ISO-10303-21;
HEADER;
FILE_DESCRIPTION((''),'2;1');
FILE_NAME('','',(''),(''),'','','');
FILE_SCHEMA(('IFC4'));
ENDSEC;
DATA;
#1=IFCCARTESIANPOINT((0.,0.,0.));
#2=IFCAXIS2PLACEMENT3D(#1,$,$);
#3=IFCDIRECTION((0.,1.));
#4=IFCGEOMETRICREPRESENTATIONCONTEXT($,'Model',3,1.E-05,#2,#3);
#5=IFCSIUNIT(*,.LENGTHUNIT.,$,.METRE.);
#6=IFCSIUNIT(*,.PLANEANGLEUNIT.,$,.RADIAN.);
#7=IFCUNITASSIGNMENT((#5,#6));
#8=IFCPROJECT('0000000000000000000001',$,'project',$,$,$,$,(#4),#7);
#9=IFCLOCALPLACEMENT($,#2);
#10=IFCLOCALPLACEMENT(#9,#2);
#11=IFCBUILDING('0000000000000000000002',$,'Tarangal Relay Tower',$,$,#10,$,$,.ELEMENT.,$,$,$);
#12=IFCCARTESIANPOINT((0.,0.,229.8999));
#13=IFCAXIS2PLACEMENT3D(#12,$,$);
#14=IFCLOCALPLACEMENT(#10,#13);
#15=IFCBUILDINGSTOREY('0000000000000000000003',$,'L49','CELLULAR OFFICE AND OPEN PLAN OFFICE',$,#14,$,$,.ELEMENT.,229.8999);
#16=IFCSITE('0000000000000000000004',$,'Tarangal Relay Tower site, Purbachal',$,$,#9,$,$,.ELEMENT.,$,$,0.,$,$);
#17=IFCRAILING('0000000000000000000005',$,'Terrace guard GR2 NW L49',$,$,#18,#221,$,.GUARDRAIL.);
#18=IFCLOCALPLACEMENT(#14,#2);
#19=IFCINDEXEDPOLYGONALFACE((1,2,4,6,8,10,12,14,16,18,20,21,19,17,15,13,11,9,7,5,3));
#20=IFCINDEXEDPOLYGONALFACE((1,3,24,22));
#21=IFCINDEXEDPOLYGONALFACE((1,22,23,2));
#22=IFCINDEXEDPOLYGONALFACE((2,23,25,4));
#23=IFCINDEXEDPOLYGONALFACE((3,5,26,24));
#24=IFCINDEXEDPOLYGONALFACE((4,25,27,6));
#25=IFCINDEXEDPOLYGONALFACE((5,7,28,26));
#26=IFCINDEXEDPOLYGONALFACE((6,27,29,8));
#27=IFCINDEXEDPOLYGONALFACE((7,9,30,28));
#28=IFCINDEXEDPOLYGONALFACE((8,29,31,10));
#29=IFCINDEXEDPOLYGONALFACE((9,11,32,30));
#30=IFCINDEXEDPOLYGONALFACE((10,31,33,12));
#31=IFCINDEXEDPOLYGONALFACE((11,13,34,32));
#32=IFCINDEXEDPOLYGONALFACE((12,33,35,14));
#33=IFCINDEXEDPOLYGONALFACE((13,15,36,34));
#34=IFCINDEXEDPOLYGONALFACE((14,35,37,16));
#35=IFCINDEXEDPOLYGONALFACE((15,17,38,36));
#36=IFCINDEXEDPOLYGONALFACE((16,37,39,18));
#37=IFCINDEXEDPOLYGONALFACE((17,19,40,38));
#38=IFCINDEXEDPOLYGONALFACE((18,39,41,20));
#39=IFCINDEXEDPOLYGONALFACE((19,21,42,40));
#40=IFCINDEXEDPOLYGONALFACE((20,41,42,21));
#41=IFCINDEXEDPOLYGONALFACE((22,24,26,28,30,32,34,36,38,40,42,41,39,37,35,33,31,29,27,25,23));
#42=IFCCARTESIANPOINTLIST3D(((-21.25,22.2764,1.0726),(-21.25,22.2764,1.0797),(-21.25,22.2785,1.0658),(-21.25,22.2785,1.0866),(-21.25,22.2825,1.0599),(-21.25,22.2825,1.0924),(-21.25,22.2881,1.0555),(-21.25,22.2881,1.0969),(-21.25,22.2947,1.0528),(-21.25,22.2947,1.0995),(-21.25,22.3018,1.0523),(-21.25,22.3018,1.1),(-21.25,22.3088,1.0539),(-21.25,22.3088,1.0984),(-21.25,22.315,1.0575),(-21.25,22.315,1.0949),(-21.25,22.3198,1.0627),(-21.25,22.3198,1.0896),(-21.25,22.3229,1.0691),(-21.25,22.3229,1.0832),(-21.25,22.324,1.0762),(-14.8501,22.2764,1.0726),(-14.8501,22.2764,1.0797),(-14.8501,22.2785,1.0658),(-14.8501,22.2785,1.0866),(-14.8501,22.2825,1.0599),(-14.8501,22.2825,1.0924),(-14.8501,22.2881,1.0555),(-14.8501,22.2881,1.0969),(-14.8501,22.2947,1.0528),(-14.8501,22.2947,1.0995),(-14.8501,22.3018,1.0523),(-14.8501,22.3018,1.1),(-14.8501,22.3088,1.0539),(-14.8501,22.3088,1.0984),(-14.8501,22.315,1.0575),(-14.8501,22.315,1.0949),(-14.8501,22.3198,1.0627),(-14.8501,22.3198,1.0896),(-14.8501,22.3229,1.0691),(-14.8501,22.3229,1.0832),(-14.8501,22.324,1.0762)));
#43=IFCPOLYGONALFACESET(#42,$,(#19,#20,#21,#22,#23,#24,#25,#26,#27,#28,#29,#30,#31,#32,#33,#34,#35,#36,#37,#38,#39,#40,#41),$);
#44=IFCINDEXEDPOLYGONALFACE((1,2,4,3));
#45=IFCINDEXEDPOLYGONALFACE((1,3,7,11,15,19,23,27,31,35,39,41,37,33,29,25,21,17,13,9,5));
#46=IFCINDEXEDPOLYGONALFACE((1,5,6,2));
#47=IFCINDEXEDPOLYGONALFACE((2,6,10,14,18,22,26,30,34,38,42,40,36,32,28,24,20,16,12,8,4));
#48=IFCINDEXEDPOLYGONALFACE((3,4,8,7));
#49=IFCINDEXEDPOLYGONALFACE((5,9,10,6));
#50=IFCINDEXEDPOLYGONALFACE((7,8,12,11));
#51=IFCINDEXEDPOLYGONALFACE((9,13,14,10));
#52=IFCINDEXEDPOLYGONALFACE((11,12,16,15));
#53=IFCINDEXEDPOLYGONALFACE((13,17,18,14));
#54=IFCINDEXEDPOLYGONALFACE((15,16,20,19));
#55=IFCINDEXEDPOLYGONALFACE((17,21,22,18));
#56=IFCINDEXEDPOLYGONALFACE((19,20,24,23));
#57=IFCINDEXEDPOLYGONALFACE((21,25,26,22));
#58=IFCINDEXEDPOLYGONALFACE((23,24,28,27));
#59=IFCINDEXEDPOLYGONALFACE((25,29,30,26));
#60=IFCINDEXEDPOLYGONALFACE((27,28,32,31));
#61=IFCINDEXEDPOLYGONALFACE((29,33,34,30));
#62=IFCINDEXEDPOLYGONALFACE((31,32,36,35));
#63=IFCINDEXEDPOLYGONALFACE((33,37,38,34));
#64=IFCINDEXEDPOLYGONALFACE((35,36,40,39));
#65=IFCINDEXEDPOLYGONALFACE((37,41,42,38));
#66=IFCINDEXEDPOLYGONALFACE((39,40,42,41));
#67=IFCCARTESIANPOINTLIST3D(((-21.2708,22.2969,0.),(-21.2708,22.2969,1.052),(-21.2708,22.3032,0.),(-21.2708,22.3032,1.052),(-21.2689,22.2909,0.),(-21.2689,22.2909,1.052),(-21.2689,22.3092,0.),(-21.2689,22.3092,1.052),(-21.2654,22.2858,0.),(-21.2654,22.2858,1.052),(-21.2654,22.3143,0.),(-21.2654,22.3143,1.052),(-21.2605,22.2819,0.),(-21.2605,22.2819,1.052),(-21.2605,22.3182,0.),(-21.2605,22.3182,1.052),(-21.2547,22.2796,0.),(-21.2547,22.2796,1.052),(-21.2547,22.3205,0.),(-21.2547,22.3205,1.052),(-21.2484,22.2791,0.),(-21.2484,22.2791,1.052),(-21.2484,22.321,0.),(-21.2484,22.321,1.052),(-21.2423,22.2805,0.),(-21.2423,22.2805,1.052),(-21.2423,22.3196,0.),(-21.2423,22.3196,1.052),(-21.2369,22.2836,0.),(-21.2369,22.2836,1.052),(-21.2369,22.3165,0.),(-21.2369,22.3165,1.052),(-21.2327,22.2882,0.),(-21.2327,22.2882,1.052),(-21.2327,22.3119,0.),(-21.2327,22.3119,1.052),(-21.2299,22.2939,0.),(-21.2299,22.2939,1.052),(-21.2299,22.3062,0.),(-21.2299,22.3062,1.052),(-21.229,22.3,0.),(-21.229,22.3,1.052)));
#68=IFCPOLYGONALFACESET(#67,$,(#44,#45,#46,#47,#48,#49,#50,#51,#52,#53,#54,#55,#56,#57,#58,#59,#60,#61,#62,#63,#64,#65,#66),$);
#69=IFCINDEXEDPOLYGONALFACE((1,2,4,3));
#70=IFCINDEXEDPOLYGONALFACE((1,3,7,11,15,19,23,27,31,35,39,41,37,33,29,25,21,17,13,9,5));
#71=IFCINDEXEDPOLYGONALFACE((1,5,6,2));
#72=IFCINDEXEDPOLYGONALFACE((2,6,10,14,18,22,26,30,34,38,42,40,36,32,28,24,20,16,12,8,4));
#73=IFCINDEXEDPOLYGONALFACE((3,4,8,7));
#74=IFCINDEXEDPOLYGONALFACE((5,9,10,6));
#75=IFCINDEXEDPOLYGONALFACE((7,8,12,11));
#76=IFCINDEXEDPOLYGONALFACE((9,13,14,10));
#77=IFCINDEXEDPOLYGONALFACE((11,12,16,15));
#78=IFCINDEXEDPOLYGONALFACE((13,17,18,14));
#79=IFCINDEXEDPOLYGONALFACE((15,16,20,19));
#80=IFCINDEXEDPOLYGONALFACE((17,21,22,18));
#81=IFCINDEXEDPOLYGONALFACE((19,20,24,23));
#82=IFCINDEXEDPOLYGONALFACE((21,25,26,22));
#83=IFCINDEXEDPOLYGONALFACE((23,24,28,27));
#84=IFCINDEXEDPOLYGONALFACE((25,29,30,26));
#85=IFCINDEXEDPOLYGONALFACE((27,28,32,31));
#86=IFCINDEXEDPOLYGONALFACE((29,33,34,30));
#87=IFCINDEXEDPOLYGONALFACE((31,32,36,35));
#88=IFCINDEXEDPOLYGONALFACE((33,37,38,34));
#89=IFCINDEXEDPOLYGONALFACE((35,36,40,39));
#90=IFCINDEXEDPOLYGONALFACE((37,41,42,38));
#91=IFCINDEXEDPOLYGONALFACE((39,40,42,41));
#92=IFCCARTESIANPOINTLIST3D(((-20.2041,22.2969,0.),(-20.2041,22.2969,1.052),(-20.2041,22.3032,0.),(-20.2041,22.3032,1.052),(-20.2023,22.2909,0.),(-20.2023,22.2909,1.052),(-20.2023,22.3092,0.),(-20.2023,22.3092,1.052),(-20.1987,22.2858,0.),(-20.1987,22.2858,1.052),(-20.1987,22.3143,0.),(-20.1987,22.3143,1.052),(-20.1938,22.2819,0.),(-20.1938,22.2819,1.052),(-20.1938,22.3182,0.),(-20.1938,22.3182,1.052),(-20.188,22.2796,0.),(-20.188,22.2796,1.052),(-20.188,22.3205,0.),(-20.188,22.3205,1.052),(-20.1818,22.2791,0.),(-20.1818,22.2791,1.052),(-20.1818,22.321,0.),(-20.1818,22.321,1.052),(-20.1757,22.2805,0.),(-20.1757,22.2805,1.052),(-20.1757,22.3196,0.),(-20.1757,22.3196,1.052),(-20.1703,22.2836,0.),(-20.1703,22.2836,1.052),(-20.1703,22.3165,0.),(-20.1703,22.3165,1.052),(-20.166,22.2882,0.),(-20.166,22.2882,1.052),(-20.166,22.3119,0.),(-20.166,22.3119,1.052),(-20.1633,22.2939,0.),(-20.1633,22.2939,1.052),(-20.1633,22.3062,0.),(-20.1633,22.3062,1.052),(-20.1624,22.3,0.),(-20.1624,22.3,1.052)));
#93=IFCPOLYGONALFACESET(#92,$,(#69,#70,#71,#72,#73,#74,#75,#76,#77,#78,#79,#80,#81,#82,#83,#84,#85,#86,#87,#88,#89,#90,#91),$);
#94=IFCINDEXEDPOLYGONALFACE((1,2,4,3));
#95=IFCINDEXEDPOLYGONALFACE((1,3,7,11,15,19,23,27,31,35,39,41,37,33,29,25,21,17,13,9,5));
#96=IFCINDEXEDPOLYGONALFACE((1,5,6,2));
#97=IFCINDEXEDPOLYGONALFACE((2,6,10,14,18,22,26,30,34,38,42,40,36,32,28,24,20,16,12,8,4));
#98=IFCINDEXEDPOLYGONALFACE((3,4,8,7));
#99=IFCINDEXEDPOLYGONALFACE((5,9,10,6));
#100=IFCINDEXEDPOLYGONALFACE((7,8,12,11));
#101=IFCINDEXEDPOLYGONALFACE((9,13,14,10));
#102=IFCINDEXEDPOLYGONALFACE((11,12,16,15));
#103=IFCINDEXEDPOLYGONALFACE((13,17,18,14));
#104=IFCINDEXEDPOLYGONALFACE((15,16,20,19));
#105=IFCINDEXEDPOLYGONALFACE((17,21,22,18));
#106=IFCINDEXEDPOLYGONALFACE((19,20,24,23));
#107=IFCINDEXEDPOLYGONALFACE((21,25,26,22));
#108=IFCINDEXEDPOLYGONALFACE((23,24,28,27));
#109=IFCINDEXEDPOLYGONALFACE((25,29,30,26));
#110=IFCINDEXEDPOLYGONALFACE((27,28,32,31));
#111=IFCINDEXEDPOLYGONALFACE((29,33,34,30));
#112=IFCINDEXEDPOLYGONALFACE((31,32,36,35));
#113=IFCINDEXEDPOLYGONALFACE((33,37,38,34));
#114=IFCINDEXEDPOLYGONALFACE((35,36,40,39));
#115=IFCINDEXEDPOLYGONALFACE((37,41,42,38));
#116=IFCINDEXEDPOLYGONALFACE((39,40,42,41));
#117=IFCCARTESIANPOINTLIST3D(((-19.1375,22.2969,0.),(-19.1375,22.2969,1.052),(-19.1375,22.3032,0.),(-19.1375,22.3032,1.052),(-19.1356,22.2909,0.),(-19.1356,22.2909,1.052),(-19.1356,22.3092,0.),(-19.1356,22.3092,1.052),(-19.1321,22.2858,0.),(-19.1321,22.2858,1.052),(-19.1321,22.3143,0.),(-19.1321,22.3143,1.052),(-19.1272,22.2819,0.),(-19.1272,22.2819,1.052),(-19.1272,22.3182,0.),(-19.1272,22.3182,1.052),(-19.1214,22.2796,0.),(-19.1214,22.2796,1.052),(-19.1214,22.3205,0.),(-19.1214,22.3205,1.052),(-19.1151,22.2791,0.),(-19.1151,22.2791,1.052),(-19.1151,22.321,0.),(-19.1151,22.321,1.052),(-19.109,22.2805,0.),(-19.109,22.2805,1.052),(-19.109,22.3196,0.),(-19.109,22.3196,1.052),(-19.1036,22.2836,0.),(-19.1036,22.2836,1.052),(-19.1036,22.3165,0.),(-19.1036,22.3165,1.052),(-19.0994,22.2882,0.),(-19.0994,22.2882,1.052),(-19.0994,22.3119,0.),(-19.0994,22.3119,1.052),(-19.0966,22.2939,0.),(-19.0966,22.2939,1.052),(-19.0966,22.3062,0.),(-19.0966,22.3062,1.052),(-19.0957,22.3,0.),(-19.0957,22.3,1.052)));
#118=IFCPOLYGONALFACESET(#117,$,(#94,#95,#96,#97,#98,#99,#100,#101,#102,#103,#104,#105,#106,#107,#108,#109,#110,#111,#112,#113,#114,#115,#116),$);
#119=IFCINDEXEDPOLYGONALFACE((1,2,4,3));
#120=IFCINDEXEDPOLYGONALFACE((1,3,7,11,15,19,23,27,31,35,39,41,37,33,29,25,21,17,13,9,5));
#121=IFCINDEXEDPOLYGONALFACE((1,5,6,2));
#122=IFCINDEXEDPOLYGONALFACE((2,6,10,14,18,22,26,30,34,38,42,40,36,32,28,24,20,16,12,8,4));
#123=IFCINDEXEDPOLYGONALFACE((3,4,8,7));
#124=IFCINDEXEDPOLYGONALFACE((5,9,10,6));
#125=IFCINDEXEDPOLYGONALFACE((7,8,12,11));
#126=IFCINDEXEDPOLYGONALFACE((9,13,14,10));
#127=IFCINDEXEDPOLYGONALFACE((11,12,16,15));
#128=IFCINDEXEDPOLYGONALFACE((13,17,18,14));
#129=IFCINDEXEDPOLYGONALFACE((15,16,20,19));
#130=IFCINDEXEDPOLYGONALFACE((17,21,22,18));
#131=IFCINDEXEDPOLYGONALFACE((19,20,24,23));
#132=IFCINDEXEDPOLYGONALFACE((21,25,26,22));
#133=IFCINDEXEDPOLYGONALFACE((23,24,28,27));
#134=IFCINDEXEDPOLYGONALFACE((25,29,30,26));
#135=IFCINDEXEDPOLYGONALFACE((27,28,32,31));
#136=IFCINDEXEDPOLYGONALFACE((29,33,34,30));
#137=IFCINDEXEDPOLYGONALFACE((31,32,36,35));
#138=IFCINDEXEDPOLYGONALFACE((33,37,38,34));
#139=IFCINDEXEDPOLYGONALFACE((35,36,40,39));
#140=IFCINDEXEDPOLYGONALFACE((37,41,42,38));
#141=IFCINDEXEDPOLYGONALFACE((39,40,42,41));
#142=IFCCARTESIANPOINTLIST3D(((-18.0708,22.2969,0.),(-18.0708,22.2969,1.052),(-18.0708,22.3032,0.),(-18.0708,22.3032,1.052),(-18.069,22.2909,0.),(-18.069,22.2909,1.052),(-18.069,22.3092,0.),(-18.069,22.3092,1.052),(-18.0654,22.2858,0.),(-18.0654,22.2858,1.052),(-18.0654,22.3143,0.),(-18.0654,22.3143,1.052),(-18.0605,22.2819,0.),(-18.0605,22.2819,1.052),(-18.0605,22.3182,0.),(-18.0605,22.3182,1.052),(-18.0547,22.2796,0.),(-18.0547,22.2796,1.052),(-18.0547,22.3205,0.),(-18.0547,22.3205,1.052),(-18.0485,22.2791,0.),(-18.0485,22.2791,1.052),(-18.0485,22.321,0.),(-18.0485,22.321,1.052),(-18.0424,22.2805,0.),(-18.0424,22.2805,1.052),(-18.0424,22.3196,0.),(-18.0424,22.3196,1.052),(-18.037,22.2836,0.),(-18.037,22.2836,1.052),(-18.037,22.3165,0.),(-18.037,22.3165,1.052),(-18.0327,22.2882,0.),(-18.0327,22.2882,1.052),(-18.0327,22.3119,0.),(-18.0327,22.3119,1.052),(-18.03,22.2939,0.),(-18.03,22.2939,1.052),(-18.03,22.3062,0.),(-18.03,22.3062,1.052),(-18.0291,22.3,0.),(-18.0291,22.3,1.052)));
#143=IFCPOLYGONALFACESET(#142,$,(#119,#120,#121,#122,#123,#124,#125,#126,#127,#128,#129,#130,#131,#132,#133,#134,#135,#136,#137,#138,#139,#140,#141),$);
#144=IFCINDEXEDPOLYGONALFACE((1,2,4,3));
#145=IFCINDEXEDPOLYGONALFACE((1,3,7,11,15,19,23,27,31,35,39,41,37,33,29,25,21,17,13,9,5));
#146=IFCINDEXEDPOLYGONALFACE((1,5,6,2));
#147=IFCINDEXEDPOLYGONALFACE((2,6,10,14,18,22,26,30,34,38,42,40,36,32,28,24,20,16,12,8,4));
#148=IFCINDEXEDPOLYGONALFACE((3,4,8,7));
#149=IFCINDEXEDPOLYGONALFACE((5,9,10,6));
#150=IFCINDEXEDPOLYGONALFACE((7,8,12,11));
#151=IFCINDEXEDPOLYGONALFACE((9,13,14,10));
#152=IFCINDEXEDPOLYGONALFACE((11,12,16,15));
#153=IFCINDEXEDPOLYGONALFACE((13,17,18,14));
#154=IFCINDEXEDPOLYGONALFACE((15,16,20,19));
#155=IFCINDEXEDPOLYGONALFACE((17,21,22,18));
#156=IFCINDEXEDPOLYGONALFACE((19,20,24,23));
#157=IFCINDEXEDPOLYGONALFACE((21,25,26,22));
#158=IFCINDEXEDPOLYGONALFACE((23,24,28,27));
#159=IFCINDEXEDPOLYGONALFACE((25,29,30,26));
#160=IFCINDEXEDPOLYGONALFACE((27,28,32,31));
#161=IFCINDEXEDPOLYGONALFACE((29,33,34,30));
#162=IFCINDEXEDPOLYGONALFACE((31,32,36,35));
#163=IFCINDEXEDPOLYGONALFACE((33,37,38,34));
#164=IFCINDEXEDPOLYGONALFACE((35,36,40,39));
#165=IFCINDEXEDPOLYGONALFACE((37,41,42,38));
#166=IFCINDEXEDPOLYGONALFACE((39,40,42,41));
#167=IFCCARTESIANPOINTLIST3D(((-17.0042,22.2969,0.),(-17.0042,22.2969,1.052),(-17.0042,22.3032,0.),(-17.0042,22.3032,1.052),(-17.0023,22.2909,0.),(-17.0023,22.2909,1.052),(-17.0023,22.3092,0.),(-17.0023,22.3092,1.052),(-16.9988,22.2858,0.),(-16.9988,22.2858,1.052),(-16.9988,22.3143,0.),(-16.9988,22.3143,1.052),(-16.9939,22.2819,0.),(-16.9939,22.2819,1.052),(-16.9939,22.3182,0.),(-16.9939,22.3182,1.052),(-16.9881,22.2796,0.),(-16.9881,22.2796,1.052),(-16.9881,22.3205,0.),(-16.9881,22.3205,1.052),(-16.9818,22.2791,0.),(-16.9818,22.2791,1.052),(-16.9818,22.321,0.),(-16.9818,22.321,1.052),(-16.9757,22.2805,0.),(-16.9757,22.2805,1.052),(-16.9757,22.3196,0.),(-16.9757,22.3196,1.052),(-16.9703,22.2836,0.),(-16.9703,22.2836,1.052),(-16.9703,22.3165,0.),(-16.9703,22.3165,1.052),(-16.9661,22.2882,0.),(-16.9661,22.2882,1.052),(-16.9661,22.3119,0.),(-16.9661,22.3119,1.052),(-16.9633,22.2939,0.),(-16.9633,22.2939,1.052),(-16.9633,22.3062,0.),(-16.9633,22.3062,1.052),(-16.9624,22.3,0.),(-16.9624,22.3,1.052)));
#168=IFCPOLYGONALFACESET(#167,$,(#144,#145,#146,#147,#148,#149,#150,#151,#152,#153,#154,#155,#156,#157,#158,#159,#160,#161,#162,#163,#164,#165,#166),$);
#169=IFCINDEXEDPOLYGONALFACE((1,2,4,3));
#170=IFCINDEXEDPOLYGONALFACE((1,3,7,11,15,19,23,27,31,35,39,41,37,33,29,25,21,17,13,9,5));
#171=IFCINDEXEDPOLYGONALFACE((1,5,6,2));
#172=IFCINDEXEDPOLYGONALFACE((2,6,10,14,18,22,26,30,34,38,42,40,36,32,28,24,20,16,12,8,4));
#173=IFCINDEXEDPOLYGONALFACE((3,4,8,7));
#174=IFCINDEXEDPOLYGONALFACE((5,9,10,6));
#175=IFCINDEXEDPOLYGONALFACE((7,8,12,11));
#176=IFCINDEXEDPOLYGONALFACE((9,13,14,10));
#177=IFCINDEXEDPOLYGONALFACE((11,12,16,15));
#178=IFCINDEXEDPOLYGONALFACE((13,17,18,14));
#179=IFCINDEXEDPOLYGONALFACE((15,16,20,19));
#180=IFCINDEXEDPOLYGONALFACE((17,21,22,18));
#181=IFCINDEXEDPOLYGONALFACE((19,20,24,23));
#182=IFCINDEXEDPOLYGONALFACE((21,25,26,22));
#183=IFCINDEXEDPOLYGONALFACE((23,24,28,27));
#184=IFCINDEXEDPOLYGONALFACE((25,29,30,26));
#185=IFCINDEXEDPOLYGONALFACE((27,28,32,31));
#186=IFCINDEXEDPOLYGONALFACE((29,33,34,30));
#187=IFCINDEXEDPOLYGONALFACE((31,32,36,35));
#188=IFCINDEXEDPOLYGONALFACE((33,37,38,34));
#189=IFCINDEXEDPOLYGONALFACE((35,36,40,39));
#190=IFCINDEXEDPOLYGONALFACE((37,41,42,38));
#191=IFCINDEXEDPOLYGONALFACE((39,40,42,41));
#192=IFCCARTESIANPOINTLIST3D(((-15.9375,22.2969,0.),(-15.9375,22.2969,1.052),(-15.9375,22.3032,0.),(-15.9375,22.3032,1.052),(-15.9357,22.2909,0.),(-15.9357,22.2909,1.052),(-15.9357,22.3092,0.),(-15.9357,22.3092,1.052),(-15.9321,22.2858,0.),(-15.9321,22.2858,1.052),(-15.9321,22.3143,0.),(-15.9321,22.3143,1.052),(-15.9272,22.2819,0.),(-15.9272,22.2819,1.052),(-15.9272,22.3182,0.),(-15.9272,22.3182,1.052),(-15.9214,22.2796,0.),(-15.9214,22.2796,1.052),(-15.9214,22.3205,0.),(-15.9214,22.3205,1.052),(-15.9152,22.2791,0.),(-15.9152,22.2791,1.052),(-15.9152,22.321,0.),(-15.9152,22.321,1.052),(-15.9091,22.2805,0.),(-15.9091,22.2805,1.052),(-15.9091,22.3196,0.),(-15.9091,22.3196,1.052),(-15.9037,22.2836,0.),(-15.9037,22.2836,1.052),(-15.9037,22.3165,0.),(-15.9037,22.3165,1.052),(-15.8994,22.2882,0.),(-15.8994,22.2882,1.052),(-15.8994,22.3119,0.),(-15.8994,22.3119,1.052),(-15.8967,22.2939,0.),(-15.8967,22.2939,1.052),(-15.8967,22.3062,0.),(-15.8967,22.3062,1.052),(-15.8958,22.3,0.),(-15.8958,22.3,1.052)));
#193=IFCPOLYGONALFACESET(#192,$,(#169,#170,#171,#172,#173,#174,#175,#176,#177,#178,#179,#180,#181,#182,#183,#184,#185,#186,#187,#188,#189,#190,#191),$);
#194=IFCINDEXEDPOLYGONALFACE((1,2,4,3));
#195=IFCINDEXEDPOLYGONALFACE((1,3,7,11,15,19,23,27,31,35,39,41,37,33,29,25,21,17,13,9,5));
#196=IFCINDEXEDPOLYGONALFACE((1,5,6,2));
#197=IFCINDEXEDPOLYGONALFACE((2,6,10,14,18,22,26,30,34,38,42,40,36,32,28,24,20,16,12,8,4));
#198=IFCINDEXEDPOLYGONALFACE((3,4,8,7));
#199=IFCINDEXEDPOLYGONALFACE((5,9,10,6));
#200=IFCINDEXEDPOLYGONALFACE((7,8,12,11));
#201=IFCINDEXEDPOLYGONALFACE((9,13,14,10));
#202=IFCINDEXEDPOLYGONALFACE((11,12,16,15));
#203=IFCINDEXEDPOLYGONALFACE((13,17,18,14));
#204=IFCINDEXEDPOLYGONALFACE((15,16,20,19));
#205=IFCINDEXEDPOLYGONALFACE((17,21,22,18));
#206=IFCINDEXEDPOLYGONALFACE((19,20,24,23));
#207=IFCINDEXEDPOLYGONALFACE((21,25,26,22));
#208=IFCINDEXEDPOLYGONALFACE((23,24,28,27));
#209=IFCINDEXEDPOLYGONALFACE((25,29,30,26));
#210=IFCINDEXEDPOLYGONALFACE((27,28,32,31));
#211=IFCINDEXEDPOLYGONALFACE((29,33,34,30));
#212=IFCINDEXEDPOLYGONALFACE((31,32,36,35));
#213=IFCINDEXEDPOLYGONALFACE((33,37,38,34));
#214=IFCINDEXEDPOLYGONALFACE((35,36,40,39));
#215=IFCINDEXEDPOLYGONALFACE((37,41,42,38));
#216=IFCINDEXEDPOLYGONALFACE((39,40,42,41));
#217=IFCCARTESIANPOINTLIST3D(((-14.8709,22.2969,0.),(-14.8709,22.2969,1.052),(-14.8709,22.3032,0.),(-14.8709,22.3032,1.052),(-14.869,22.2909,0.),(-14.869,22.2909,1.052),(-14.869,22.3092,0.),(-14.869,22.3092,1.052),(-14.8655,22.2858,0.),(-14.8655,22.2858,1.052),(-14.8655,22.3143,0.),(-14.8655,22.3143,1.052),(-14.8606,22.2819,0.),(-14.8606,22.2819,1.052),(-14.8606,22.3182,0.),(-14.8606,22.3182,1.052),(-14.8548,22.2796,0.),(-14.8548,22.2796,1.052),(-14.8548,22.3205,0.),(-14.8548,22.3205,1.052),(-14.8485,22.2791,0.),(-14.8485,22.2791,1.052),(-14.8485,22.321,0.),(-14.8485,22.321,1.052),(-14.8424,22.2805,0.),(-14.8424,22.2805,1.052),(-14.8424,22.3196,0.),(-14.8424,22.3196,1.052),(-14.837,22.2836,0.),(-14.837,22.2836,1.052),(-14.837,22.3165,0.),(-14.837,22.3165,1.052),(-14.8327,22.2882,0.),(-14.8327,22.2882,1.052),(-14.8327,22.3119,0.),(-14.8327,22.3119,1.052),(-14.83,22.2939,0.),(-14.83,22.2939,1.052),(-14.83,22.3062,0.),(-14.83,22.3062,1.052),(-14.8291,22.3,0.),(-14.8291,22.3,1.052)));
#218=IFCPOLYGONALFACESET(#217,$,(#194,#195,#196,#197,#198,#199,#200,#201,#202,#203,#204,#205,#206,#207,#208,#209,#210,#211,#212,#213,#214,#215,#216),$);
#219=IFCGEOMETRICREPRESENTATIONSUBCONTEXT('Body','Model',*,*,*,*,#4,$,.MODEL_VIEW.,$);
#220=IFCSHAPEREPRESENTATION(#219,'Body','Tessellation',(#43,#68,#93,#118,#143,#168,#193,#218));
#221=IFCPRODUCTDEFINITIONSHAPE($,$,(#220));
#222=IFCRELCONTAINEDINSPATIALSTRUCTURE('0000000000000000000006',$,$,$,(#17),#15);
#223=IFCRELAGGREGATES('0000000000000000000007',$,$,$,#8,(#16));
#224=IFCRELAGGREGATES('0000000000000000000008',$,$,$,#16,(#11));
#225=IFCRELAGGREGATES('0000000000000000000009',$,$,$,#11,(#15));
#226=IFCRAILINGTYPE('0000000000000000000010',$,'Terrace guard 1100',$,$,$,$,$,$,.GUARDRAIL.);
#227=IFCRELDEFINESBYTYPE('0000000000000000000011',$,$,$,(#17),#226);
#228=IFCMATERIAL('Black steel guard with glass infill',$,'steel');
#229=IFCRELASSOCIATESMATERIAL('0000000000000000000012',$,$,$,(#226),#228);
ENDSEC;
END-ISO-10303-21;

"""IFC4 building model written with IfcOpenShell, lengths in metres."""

from ifc_helpers import new_model, si_unit, direction, frame, origin, origin_2d, place, context, subcontext, project, spatial, circle, extrude, material, type_object, element, save


model = new_model("IFC4")

# Units and contexts
model_context = context("Model", 3, precision=1e-05, world=origin(), true_north=direction((0.0, 1.0)))
body_context = subcontext(model_context, "Body", "Model", "MODEL_VIEW")
ifc_project = project(units=[si_unit("LENGTHUNIT", "METRE"), si_unit("PLANEANGLEUNIT", "RADIAN")], contexts=[model_context])

# Site, building, storey
site_placement = place(None, origin())
site = spatial("IfcSite", under=ifc_project, at=site_placement, Name="Tarangal Relay Tower site, Purbachal", CompositionType="ELEMENT", RefElevation=0.0)
building_placement = place(site_placement, origin())
building = spatial("IfcBuilding", under=site, at=building_placement, Name="Tarangal Relay Tower", CompositionType="ELEMENT")
storey_placement = place(building_placement, frame((0.0, 0.0, 229.8999)))
storey = spatial("IfcBuildingStorey", under=building, at=storey_placement, Name="L49", Description="CELLULAR OFFICE AND OPEN PLAN OFFICE", CompositionType="ELEMENT", Elevation=229.8999)

# Railing
ifc_material_1 = material(Name="Black steel guard with glass infill", Category="steel")
railing_type = type_object("IfcRailingType", Name="Terrace guard 1100", PredefinedType="GUARDRAIL", material=ifc_material_1)
railing_1_placement = place(storey_placement, frame((-21.25, 22.3, 0.0)))
element("IfcRailing", 1, at=railing_1_placement, inside=storey, type_object=railing_type, Name="Terrace guard GR2 NW L49", PredefinedType="GUARDRAIL", context=body_context, shape_type="SweptSolid", body=[
    extrude(circle(Radius=0.0239, at=origin_2d()), frame((0.0, 0.0, 1.0762), z_axis=(1.0, 0.0, 0.0), x_axis=(0.0, 1.0, 0.0)), (0.0, 0.0, 1.0), 6.3999),
    extrude(circle(Radius=0.021, at=origin_2d()), origin(), (0.0, 0.0, 1.0), 1.052),
    extrude(circle(Radius=0.021, at=origin_2d()), frame((1.0667, 0.0, 0.0)), (0.0, 0.0, 1.0), 1.052),
    extrude(circle(Radius=0.021, at=origin_2d()), frame((2.1333, 0.0, 0.0)), (0.0, 0.0, 1.0), 1.052),
    extrude(circle(Radius=0.021, at=origin_2d()), frame((3.2, 0.0, 0.0)), (0.0, 0.0, 1.0), 1.052),
    extrude(circle(Radius=0.021, at=origin_2d()), frame((4.2666, 0.0, 0.0)), (0.0, 0.0, 1.0), 1.052),
    extrude(circle(Radius=0.021, at=origin_2d()), frame((5.3333, 0.0, 0.0)), (0.0, 0.0, 1.0), 1.052),
    extrude(circle(Radius=0.021, at=origin_2d()), frame((6.3999, 0.0, 0.0)), (0.0, 0.0, 1.0), 1.052),
])

save(model, "model.ifc")
